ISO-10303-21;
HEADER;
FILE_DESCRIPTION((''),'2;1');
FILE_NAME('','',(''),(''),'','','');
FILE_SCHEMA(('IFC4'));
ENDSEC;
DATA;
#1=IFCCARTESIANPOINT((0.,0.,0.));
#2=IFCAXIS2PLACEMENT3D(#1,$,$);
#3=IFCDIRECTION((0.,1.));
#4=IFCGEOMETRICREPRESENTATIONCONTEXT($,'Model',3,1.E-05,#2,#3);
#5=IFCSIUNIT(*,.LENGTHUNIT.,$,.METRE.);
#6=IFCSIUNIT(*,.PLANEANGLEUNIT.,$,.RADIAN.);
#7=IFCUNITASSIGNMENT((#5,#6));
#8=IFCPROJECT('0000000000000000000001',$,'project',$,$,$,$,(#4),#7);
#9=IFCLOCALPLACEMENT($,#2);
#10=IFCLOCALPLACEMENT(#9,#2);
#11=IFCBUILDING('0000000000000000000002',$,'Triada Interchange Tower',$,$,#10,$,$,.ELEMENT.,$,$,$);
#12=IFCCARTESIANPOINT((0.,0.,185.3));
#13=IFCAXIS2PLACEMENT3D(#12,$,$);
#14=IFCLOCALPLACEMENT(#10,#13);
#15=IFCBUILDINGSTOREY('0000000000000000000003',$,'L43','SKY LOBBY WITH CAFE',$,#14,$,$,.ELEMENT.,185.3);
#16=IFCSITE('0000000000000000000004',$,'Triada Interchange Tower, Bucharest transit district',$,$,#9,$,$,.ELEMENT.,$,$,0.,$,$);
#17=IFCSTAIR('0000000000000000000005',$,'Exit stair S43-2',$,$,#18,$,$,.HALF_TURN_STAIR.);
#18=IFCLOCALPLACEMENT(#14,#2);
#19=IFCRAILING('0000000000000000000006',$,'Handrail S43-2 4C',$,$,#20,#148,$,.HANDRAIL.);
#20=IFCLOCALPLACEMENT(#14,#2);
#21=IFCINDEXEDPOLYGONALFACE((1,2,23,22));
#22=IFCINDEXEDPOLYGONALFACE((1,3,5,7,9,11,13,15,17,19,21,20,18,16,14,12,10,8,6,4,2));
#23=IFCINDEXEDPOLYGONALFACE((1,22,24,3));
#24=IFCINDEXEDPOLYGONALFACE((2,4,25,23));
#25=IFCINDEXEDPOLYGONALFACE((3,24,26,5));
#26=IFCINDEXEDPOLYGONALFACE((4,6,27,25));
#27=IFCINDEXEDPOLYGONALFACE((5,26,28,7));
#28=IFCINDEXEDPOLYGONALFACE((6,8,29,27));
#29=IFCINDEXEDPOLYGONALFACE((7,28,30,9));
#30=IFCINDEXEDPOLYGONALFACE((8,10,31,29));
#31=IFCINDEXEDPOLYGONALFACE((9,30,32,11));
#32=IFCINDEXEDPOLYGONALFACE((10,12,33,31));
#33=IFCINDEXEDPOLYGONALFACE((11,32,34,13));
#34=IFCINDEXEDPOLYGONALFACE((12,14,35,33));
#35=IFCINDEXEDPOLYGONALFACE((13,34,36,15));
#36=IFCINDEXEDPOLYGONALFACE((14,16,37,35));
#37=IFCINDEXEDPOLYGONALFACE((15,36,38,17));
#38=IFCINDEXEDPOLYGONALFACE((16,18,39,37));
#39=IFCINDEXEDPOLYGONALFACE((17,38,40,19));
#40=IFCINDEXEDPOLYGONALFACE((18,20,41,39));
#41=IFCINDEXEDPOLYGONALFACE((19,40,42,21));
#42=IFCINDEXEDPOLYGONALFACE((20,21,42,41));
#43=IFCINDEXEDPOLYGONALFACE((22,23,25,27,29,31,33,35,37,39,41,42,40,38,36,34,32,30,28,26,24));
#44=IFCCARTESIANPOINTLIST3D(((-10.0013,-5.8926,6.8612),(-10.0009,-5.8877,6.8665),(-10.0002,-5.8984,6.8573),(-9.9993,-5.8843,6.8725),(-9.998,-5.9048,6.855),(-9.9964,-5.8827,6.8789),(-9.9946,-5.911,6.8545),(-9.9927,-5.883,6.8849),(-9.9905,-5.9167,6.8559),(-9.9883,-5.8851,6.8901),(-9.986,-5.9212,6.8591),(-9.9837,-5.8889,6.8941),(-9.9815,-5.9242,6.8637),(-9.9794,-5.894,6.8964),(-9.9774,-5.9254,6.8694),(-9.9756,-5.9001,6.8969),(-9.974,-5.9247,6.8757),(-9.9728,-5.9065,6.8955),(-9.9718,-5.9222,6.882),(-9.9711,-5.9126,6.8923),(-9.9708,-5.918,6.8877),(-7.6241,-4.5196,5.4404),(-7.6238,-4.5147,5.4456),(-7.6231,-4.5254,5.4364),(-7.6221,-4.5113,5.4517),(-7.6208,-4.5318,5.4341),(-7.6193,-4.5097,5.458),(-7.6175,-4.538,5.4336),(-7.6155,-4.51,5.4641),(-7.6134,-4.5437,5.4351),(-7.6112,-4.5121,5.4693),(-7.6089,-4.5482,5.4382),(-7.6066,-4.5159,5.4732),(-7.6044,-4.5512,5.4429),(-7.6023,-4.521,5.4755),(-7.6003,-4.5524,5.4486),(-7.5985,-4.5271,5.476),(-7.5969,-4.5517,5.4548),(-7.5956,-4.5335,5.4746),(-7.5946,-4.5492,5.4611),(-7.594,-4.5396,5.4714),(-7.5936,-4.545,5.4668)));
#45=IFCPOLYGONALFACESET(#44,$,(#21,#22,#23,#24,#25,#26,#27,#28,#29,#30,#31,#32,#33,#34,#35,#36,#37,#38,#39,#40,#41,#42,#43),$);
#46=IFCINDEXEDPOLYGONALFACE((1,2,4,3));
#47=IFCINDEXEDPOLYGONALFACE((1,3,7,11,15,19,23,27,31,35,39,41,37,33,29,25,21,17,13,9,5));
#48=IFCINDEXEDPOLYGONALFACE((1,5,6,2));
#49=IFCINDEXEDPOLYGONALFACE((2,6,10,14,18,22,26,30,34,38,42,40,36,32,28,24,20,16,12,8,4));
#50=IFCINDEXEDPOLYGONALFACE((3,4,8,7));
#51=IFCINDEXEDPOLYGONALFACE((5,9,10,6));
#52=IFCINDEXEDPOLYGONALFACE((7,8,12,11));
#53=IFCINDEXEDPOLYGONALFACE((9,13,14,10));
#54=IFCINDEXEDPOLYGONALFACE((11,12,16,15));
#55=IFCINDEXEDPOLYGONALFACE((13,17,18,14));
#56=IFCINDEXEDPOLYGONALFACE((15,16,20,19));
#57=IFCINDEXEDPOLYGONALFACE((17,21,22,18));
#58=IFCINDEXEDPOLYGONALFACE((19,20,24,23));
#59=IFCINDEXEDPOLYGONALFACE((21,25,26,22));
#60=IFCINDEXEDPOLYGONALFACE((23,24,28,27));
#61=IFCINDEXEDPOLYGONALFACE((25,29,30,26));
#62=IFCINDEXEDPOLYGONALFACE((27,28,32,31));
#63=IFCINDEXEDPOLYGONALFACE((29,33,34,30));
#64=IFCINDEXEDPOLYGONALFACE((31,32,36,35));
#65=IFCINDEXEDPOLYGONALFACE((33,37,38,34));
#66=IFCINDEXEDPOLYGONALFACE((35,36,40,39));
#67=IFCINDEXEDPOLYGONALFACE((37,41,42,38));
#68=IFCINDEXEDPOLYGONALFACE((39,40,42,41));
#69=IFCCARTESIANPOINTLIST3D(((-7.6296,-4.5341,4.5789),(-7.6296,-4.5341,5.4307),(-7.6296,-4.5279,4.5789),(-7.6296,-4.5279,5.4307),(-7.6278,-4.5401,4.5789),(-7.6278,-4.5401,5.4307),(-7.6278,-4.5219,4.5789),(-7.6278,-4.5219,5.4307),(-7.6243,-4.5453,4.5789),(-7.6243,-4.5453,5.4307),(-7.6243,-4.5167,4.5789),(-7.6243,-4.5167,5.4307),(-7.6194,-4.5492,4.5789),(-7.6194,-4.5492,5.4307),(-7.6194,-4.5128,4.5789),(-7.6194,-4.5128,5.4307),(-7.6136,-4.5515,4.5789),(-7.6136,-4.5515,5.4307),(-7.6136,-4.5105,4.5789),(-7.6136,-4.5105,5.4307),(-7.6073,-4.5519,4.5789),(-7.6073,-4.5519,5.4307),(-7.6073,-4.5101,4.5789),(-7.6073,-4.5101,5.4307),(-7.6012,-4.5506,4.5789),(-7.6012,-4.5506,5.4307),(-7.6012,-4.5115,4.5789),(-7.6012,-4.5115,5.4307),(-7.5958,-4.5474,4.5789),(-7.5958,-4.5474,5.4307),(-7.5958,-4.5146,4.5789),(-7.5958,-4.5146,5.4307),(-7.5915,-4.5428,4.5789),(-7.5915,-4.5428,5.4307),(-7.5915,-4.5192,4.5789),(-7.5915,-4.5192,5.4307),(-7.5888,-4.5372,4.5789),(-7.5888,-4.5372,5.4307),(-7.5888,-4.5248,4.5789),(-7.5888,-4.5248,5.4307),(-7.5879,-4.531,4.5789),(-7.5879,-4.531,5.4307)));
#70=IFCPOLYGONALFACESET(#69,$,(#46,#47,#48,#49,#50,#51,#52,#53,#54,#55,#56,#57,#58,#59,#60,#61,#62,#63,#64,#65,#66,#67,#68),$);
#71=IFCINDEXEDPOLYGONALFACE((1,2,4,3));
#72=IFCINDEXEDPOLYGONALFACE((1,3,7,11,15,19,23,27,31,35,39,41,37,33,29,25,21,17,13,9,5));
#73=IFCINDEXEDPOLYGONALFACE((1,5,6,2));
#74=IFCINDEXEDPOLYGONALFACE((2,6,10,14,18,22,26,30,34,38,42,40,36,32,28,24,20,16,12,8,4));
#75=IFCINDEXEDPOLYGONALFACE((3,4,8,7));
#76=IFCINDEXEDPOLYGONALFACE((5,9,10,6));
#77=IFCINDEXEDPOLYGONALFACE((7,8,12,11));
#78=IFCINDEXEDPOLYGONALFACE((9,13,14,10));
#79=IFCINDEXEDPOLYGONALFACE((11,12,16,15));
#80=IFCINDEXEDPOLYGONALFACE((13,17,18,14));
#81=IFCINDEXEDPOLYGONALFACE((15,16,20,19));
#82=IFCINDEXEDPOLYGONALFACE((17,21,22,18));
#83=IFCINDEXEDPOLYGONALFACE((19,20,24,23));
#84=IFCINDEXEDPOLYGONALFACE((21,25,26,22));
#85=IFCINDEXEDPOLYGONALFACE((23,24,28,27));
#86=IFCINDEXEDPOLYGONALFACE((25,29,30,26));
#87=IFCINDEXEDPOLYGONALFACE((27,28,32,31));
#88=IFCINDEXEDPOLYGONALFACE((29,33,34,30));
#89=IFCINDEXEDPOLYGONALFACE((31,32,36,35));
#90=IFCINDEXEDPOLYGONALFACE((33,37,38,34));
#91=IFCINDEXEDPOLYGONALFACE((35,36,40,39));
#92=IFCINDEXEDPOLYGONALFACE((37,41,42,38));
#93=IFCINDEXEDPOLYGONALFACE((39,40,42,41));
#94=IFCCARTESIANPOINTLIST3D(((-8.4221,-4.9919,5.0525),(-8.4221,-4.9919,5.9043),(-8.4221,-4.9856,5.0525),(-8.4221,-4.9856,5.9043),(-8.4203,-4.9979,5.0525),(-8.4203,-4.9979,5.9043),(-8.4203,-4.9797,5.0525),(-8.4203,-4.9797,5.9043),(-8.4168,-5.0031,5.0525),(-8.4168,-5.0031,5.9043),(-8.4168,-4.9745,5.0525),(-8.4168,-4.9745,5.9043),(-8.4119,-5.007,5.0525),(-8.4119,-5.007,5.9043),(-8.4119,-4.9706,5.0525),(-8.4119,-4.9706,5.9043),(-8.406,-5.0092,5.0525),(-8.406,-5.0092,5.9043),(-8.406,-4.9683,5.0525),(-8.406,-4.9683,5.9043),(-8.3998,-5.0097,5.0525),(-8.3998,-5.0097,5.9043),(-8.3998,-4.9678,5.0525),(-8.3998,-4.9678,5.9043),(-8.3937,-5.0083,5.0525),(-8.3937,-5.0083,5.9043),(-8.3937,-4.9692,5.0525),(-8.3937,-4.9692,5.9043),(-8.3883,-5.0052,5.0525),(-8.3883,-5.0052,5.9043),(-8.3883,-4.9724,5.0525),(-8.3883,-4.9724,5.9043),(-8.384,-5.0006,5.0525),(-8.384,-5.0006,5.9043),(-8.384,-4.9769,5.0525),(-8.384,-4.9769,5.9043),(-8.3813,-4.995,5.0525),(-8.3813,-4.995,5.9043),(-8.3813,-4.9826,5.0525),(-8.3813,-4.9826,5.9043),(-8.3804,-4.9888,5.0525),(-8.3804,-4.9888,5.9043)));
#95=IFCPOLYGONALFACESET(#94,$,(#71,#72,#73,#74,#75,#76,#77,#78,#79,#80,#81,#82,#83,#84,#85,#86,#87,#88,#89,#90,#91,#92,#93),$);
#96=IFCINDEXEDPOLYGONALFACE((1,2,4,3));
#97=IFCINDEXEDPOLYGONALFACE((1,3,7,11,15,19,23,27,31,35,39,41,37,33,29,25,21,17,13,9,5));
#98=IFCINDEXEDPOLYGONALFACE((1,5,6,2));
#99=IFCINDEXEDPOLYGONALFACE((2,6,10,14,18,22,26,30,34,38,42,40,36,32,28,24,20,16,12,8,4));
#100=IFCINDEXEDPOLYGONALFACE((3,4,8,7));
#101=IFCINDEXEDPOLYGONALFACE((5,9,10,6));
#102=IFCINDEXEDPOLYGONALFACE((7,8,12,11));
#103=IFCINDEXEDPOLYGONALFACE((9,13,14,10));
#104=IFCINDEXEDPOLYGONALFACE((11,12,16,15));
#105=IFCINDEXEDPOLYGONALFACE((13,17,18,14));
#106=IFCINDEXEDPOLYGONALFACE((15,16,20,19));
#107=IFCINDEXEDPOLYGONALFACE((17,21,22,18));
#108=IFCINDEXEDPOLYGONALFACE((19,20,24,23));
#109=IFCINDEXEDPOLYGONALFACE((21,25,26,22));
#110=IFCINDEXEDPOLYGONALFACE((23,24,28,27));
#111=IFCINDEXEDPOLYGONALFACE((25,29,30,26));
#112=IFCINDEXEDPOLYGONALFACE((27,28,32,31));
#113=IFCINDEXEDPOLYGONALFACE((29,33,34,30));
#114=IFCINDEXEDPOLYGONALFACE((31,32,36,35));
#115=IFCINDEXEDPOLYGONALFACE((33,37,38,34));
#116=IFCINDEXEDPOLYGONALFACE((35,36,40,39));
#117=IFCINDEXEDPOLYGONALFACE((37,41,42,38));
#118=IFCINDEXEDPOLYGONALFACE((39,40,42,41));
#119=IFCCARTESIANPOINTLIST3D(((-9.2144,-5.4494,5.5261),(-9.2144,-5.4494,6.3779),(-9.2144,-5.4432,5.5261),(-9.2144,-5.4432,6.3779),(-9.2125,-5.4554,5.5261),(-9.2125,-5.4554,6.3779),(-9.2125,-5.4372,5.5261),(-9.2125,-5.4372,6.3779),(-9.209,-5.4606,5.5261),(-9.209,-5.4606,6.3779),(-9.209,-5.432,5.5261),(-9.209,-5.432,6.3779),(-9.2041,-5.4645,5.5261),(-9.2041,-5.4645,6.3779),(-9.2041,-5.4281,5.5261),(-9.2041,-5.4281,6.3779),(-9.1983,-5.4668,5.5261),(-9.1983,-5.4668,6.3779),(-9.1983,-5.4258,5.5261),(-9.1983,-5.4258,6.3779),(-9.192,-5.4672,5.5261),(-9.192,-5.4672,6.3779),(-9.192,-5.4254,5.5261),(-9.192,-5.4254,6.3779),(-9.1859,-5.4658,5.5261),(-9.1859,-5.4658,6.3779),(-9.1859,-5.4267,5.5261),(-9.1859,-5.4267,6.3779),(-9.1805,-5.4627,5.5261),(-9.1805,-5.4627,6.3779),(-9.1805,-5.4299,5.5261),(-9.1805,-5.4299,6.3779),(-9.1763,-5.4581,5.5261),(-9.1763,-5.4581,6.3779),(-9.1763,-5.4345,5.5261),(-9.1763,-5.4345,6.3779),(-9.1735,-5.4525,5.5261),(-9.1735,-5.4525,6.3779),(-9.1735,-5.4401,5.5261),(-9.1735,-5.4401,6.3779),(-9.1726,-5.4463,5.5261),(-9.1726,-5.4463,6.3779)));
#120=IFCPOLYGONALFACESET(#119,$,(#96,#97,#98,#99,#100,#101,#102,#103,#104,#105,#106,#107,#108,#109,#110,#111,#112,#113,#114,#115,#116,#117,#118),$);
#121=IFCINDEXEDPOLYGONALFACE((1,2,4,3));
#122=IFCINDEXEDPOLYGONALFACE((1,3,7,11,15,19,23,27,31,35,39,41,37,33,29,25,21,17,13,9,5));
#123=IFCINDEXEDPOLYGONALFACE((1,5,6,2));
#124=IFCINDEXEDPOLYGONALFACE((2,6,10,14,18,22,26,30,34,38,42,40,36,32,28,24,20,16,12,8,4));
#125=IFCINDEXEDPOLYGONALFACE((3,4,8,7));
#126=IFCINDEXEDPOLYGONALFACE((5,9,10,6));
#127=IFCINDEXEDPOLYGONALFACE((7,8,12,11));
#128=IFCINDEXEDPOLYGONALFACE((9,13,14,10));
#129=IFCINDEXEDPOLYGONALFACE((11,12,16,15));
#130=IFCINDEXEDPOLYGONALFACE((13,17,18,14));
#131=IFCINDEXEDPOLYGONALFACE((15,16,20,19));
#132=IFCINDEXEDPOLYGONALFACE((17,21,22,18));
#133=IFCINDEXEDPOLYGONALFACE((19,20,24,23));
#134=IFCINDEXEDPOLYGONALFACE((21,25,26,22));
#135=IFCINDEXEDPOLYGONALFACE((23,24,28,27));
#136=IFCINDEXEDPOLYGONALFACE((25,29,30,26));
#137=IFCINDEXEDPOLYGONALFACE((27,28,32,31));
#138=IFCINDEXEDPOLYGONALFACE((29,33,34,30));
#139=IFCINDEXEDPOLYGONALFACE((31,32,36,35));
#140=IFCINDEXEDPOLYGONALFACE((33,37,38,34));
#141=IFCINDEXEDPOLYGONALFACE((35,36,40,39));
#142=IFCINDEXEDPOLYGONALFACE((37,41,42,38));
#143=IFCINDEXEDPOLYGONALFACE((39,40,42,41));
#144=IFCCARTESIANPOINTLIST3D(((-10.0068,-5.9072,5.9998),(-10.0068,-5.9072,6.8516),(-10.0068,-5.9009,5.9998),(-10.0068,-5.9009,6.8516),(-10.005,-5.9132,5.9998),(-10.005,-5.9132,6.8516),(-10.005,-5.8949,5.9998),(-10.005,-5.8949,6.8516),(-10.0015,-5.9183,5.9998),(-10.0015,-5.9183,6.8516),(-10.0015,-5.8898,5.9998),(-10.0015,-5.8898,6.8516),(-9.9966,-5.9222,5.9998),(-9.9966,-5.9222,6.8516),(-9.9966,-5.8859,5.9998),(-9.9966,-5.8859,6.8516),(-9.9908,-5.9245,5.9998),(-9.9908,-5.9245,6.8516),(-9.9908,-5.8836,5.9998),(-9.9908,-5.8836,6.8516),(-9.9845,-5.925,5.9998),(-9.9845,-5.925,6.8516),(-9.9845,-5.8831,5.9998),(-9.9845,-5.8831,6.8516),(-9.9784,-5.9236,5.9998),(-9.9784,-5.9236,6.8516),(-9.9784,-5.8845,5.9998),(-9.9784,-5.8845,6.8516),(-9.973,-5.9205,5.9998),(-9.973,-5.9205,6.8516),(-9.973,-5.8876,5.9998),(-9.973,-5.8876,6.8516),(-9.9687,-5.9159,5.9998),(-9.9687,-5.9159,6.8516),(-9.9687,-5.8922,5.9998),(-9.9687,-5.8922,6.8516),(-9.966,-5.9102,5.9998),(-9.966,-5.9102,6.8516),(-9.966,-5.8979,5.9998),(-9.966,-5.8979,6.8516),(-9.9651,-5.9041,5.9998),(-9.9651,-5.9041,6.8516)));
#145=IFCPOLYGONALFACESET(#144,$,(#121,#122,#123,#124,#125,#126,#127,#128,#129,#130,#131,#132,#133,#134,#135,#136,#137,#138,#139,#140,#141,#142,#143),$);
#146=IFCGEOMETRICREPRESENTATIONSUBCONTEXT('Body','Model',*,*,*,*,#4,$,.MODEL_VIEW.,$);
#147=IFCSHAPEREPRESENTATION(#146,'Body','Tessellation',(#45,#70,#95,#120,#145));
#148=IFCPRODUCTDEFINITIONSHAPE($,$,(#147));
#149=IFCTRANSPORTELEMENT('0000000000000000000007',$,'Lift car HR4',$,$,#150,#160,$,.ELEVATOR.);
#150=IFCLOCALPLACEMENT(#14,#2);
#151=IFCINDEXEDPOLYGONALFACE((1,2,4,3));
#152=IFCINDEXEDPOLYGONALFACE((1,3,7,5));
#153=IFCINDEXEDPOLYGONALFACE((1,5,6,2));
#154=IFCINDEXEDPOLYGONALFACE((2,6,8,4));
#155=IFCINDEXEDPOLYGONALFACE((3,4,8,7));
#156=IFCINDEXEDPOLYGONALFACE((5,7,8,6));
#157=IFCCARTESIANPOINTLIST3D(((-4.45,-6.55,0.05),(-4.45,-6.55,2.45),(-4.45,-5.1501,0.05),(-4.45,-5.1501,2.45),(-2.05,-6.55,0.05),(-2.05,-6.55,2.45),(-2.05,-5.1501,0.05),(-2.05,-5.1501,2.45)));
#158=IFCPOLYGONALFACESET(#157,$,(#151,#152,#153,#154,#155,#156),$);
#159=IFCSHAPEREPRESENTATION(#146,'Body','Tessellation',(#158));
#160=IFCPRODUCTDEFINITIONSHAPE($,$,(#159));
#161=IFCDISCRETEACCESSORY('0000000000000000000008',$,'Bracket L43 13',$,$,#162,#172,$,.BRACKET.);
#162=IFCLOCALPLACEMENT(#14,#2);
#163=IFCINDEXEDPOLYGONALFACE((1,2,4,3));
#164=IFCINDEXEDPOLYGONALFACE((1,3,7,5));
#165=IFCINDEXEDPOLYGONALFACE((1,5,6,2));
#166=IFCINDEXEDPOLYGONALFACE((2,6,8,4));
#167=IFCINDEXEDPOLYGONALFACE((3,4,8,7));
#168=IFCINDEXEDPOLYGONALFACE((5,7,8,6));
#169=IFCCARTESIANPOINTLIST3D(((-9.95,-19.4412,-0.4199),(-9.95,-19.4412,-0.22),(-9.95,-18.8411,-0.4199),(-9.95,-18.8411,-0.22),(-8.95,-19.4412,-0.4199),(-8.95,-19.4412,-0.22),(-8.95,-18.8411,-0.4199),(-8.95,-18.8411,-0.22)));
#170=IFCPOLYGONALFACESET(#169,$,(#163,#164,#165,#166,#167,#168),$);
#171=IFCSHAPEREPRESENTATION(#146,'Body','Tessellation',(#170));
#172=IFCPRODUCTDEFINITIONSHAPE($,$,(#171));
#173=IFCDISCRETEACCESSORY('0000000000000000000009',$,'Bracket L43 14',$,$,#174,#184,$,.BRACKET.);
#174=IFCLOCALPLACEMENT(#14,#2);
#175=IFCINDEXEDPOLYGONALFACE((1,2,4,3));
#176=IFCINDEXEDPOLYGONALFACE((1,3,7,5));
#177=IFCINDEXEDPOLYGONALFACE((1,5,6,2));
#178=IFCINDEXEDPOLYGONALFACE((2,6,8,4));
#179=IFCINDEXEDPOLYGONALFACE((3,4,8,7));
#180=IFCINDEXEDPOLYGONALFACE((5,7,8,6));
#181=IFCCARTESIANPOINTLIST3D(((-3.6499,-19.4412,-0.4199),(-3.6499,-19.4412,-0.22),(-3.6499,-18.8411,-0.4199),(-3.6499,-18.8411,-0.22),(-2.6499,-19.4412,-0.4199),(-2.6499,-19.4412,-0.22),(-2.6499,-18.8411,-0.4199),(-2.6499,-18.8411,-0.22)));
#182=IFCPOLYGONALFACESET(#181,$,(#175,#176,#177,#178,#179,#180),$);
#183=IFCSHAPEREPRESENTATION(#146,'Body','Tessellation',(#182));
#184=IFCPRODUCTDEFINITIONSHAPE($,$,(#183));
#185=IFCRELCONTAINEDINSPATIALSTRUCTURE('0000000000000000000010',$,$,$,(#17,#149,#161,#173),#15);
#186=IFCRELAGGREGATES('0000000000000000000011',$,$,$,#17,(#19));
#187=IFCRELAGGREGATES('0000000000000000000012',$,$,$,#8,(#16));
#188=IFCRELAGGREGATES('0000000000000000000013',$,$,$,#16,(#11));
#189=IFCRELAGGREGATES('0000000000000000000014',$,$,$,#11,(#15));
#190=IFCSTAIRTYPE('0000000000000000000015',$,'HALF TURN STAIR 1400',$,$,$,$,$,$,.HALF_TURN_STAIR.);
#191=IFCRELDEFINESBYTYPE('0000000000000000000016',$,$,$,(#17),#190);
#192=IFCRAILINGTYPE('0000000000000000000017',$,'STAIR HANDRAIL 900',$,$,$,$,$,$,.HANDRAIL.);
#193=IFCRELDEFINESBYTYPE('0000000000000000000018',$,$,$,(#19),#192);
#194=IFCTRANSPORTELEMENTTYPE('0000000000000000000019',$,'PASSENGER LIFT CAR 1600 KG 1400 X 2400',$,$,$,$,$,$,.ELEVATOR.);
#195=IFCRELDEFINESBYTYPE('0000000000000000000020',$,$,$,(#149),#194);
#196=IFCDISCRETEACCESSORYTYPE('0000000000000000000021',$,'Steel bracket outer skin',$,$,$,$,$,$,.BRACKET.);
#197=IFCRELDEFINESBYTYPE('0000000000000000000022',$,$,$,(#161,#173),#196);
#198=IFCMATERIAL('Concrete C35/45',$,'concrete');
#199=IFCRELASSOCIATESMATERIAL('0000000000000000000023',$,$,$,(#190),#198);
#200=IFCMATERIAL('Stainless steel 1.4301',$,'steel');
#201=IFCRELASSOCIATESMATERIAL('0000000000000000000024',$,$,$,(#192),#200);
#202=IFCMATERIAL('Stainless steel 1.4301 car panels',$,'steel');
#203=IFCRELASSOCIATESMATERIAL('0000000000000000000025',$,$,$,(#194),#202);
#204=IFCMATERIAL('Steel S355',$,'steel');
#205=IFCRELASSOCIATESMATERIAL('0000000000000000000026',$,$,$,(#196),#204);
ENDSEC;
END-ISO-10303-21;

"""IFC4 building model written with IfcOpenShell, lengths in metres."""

from ifc_helpers import new_model, si_unit, direction, frame, origin, origin_2d, place, context, subcontext, project, spatial, rectangle, circle, extrude, material, type_object, element, aggregate, save


model = new_model("IFC4")

# Units and contexts
model_context = context("Model", 3, precision=1e-05, world=origin(), true_north=direction((0.0, 1.0)))
body_context = subcontext(model_context, "Body", "Model", "MODEL_VIEW")
ifc_project = project(units=[si_unit("LENGTHUNIT", "METRE"), si_unit("PLANEANGLEUNIT", "RADIAN")], contexts=[model_context])

# Site, building, storey
site_placement = place(None, origin())
site = spatial("IfcSite", under=ifc_project, at=site_placement, Name="Triada Interchange Tower, Bucharest transit district", CompositionType="ELEMENT", RefElevation=0.0)
building_placement = place(site_placement, origin())
building = spatial("IfcBuilding", under=site, at=building_placement, Name="Triada Interchange Tower", CompositionType="ELEMENT")
storey_placement = place(building_placement, frame((0.0, 0.0, 185.3)))
storey = spatial("IfcBuildingStorey", under=building, at=storey_placement, Name="L43", Description="SKY LOBBY WITH CAFE", CompositionType="ELEMENT", Elevation=185.3)

# Stair
ifc_material_1 = material(Name="Concrete C35/45", Category="concrete")
stair_type = type_object("IfcStairType", Name="HALF TURN STAIR 1400", PredefinedType="HALF_TURN_STAIR", material=ifc_material_1)
stair_placement = place(storey_placement, origin())
stair = element("IfcStair", 1, at=stair_placement, inside=storey, type_object=stair_type, Name="Exit stair S43-2", PredefinedType="HALF_TURN_STAIR")

# Railing
ifc_material_2 = material(Name="Stainless steel 1.4301", Category="steel")
railing_type = type_object("IfcRailingType", Name="STAIR HANDRAIL 900", PredefinedType="HANDRAIL", material=ifc_material_2)
railing_1_placement = place(storey_placement, frame((-7.6089, -4.531, 4.5789)))
railing_1 = element("IfcRailing", 2, at=railing_1_placement, type_object=railing_type, Name="Handrail S43-2 4C", PredefinedType="HANDRAIL", context=body_context, shape_type="SweptSolid", body=[
    extrude(circle(Radius=0.0239, at=origin_2d()), frame((0.0, 0.0, 0.876), z_axis=(-0.769031, -0.444185, 0.459665), x_axis=(0.500156, -0.865935, 0.0)), (0.0, 0.0, 1.0), 3.0911),
    extrude(circle(Radius=0.021, at=origin_2d()), origin(), (0.0, 0.0, 1.0), 0.8518),
    extrude(circle(Radius=0.021, at=origin_2d()), frame((-0.7925, -0.4578, 0.4736)), (0.0, 0.0, 1.0), 0.8518),
    extrude(circle(Radius=0.021, at=origin_2d()), frame((-1.5847, -0.9153, 0.9473)), (0.0, 0.0, 1.0), 0.8518),
    extrude(circle(Radius=0.021, at=origin_2d()), frame((-2.3772, -1.373, 1.4209)), (0.0, 0.0, 1.0), 0.8518),
])
aggregate(stair, [railing_1])

# Transport element
ifc_material_3 = material(Name="Stainless steel 1.4301 car panels", Category="steel")
transport_element_type = type_object("IfcTransportElementType", Name="PASSENGER LIFT CAR 1600 KG 1400 X 2400", PredefinedType="ELEVATOR", material=ifc_material_3)
transport_element_placement = place(storey_placement, frame((-3.25, -5.8501, 0.05), z_axis=(0.0, 0.0, 1.0), x_axis=(0.0, -1.0, 0.0)))
element("IfcTransportElement", 3, at=transport_element_placement, inside=storey, type_object=transport_element_type, Name="Lift car HR4", PredefinedType="ELEVATOR", context=body_context, shape_type="SweptSolid", body=[
    extrude(rectangle(XDim=1.3999, YDim=2.3999, at=origin_2d()), origin(), (0.0, 0.0, 1.0), 2.3999),
])

# Discrete accessories
ifc_material_4 = material(Name="Steel S355", Category="steel")
discrete_accessory_type = type_object("IfcDiscreteAccessoryType", Name="Steel bracket outer skin", PredefinedType="BRACKET", material=ifc_material_4)
for number, where, z_axis, x_axis, name in (
    (4, (-9.45, -19.1411, -0.4199), (0.0, 0.0, 1.0), (0.0, -1.0, 0.0), "Bracket L43 13"),
    (5, (-3.1499, -19.1411, -0.4199), (0.0, 0.0, 1.0), (0.0, -1.0, 0.0), "Bracket L43 14"),
):
    element("IfcDiscreteAccessory", number, at=place(storey_placement, frame(where, z_axis=z_axis, x_axis=x_axis)), inside=storey, type_object=discrete_accessory_type, Name=name, PredefinedType="BRACKET", context=body_context, shape_type="SweptSolid", body=[
        extrude(rectangle(XDim=0.6001, YDim=1.0, at=origin_2d()), origin(), (0.0, 0.0, 1.0), 0.2),
    ])

save(model, "model.ifc")
